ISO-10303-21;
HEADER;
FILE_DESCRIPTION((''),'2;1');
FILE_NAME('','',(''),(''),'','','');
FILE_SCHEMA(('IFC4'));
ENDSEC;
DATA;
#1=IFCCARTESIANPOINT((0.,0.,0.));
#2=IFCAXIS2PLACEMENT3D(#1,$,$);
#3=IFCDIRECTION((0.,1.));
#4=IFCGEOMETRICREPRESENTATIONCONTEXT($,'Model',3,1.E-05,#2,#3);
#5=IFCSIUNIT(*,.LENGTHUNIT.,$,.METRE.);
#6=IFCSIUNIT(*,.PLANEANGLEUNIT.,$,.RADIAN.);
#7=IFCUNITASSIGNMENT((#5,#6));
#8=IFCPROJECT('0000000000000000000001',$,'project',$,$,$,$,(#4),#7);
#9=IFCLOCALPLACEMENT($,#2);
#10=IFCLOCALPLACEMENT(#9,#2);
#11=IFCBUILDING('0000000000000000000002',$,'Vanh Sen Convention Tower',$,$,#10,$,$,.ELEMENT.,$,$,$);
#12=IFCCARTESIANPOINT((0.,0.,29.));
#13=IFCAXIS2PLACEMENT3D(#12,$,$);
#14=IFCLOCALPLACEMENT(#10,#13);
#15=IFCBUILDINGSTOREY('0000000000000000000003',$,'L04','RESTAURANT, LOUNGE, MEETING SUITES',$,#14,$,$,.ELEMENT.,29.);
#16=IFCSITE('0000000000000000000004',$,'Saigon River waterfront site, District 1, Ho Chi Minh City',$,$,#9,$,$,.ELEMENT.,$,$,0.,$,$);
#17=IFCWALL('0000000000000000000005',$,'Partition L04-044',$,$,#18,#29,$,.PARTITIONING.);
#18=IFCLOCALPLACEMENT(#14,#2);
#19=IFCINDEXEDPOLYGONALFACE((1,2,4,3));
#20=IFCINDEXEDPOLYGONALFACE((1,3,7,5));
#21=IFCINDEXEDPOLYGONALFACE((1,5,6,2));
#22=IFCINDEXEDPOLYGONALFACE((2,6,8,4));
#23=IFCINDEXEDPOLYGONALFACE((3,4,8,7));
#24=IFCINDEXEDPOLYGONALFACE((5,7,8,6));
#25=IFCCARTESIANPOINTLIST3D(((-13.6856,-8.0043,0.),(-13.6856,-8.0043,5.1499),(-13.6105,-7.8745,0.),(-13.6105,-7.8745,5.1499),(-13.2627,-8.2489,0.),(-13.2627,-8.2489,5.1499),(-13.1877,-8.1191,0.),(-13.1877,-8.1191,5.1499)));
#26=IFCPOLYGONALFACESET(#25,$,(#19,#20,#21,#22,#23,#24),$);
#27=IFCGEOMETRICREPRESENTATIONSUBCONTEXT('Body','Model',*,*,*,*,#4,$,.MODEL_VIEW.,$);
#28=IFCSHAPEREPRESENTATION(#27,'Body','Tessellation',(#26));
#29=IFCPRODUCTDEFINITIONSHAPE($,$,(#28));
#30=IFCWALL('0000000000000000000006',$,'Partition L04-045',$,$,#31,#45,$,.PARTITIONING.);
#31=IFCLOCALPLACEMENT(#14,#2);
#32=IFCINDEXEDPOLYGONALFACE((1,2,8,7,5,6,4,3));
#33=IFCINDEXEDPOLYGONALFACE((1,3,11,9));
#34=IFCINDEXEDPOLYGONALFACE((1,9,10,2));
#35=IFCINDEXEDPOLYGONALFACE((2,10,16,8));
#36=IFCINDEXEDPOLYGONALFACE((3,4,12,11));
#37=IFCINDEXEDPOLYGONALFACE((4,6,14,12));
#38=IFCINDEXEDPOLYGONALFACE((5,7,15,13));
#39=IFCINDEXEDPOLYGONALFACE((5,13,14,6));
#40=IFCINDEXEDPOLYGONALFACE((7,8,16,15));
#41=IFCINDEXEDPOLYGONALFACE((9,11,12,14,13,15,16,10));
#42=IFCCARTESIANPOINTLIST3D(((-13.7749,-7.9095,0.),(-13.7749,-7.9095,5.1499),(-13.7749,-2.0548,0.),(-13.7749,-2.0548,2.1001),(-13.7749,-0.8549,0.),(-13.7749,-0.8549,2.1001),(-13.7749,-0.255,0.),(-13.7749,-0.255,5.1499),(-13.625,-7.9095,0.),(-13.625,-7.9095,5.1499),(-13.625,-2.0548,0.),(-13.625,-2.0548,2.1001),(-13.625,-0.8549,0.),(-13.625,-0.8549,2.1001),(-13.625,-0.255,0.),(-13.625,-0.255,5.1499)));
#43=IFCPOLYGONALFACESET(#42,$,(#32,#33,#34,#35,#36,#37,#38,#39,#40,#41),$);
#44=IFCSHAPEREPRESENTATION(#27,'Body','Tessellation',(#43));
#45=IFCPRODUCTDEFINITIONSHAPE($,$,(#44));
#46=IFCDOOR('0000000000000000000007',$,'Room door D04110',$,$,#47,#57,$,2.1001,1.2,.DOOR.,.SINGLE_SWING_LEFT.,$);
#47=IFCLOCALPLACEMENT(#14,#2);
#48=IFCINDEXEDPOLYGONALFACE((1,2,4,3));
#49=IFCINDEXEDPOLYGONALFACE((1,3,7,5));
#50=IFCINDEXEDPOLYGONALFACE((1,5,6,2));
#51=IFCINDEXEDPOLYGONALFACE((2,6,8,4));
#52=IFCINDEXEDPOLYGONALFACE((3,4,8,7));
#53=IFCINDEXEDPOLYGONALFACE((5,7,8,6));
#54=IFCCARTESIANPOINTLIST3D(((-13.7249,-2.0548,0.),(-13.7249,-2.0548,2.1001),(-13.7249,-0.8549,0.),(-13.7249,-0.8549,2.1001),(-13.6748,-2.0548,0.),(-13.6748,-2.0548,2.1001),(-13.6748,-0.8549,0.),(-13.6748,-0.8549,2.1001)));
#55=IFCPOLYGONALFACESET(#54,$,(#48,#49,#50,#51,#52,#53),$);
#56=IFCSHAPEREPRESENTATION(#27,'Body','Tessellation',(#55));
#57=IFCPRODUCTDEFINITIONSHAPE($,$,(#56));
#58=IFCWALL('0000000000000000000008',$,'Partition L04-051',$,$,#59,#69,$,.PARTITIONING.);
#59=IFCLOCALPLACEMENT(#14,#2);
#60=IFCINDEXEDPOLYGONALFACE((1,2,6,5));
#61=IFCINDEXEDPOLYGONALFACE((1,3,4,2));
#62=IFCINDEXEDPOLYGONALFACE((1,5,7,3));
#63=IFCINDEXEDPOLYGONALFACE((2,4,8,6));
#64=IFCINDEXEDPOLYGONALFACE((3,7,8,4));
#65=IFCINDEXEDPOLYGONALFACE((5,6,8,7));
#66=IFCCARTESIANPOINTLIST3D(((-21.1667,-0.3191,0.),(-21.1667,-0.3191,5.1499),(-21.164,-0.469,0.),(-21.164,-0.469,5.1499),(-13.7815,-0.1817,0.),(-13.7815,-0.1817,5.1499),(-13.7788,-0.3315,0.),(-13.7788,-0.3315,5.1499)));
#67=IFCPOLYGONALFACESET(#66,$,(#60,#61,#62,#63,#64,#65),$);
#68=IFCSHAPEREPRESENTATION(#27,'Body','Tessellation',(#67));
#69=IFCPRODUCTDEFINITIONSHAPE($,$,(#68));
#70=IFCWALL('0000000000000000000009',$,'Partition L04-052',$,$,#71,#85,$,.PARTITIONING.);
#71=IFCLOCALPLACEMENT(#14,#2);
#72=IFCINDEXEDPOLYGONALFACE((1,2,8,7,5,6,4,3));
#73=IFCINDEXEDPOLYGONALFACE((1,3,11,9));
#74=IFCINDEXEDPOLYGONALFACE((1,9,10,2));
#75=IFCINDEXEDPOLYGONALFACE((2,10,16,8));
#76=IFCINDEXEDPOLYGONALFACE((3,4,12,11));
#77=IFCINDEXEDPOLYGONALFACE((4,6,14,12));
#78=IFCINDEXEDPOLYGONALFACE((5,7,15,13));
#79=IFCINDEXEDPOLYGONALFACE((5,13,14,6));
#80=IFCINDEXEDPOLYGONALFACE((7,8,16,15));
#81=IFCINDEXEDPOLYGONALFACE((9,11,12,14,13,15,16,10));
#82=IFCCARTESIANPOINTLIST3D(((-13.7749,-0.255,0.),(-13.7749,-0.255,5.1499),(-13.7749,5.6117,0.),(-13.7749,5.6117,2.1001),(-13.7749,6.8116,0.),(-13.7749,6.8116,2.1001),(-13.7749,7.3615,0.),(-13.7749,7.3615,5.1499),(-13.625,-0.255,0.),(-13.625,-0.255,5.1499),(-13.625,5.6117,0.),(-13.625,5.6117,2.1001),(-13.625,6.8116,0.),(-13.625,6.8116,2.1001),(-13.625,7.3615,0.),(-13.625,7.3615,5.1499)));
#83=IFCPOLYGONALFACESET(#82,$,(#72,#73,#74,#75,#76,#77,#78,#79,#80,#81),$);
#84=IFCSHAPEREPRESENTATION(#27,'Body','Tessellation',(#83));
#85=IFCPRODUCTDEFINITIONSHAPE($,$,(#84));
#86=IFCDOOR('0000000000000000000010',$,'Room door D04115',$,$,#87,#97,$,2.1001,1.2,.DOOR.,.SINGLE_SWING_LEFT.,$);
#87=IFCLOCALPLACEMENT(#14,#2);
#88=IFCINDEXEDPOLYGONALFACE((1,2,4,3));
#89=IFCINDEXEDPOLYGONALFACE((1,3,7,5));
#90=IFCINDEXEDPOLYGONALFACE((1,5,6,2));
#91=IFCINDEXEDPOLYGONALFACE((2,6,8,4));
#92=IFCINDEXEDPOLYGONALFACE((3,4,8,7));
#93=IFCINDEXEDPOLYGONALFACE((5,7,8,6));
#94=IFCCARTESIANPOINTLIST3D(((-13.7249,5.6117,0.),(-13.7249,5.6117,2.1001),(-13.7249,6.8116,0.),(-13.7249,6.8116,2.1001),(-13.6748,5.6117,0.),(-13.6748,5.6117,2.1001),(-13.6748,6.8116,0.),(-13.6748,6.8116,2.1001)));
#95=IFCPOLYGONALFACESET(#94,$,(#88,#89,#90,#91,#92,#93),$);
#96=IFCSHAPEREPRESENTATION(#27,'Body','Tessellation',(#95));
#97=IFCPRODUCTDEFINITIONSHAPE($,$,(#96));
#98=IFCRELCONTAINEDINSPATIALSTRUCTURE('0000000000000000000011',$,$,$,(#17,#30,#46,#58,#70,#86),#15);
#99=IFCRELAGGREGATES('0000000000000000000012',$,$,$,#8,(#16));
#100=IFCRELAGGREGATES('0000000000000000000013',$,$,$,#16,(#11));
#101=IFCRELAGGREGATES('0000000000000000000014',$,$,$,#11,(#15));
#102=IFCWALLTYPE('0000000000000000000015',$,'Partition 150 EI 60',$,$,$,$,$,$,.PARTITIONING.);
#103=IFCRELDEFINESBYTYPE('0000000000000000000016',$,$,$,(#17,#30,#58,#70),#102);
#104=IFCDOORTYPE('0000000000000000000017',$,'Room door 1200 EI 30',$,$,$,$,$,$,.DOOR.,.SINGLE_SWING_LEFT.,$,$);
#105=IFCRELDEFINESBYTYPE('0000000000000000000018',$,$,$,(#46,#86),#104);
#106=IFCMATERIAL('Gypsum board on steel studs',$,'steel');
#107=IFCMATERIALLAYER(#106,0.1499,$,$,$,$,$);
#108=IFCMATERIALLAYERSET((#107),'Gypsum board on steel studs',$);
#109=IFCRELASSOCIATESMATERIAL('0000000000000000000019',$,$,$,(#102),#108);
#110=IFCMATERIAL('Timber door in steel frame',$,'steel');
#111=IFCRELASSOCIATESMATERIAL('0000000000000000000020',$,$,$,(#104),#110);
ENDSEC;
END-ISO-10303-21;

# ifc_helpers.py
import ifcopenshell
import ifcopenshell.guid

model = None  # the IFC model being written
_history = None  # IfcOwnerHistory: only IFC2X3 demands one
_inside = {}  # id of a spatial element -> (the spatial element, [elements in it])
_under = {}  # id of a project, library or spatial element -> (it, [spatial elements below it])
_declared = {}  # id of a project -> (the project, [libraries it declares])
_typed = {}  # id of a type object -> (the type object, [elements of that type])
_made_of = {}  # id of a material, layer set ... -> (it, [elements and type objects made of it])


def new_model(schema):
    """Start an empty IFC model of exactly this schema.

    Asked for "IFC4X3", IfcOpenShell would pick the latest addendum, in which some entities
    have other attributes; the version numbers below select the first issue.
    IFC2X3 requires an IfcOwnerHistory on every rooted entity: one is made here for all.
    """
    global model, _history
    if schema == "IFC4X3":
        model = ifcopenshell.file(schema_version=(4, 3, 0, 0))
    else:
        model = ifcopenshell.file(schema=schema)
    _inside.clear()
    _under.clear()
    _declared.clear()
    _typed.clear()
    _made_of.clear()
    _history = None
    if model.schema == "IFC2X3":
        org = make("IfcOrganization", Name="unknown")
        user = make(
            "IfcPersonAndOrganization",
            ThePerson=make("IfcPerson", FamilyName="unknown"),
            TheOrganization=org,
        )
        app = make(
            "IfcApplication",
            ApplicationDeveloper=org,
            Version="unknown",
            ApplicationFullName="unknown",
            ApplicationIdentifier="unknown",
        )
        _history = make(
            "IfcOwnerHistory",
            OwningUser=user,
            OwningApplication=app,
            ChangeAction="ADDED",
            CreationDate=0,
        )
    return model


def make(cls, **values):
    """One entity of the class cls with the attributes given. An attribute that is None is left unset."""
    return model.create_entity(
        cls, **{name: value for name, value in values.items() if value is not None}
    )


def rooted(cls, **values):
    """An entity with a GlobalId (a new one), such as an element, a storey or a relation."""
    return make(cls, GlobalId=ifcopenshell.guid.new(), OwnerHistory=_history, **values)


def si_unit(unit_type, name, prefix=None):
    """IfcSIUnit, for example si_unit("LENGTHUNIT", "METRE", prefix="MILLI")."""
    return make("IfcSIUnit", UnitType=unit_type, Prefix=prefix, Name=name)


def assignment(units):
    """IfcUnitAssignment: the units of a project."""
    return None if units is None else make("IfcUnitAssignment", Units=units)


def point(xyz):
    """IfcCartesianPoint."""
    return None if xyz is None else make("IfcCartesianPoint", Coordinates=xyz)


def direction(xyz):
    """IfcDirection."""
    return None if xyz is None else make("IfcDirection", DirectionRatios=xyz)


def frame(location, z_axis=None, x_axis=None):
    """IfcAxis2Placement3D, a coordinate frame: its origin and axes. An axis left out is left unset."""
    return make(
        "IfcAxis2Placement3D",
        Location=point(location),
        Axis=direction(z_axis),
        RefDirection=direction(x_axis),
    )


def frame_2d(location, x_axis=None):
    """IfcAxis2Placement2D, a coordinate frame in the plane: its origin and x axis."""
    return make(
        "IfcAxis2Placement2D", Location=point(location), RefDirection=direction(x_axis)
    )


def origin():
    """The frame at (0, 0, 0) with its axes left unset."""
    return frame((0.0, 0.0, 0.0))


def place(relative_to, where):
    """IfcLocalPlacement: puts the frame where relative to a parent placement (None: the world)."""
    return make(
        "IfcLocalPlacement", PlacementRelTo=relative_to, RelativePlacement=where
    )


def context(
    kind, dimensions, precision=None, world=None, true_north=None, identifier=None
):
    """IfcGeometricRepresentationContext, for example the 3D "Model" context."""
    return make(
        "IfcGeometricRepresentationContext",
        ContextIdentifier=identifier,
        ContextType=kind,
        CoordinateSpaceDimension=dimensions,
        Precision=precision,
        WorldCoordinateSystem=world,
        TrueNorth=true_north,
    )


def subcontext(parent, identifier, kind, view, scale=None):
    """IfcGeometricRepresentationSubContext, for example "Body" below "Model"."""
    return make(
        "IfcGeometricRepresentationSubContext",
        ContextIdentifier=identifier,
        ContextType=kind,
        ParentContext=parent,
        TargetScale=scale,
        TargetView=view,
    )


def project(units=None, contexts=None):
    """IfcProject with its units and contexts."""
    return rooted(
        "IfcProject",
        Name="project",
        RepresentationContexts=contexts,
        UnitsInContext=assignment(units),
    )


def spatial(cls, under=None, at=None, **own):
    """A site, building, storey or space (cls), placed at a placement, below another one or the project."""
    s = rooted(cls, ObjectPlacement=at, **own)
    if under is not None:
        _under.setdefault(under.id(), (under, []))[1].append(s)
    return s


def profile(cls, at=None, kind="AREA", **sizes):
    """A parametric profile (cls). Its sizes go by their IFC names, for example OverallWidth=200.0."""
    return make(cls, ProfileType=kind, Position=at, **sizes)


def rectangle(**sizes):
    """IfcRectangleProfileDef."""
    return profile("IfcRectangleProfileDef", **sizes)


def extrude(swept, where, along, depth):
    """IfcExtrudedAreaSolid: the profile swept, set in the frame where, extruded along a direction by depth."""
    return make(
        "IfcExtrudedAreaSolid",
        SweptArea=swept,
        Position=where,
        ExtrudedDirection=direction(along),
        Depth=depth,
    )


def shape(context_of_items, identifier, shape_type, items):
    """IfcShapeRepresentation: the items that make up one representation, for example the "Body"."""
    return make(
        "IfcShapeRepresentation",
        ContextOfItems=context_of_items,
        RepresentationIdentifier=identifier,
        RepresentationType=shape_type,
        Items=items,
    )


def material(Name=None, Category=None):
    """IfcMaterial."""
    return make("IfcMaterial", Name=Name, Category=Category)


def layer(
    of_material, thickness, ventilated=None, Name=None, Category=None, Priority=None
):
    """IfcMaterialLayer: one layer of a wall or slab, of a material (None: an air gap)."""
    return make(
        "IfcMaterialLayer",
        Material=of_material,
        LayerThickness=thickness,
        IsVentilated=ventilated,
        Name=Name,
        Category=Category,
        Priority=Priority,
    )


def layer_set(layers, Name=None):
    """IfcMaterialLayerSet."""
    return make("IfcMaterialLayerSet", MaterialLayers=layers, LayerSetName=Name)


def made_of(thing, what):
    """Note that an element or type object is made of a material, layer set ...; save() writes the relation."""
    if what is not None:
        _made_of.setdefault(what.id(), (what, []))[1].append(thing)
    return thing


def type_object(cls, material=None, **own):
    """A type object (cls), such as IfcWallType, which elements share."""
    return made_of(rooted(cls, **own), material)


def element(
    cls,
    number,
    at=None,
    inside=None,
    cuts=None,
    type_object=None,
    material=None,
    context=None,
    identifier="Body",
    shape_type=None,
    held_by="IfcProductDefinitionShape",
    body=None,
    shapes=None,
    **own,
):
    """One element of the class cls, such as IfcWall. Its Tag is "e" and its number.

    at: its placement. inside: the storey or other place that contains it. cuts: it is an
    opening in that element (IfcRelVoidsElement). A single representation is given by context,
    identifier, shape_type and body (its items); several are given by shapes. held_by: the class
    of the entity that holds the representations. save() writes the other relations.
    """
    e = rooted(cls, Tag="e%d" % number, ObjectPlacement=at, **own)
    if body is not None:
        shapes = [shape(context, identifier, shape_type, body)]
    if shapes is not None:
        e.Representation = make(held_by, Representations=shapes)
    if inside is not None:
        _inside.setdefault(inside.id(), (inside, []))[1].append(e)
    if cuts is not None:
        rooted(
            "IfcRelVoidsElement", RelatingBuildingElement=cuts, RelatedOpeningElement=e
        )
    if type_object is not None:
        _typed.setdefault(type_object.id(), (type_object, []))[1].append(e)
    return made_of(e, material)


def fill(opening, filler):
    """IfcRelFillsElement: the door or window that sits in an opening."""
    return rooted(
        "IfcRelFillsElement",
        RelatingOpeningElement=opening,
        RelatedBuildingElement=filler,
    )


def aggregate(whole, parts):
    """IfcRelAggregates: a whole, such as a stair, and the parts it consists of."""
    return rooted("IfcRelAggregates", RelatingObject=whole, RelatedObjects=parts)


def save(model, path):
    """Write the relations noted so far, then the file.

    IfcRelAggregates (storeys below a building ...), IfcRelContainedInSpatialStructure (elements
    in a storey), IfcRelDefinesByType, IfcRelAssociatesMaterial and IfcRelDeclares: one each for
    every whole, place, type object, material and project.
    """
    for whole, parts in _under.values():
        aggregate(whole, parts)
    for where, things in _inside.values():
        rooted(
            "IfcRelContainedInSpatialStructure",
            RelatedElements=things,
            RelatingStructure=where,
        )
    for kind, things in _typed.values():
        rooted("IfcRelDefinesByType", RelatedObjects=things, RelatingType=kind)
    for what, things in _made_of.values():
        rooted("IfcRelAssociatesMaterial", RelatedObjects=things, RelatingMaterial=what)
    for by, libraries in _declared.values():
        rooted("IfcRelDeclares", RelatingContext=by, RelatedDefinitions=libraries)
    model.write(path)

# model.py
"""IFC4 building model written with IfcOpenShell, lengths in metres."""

from ifc_helpers import new_model, si_unit, direction, frame, frame_2d, origin, place, context, subcontext, project, spatial, rectangle, extrude, material, layer, layer_set, type_object, element, fill, save


model = new_model("IFC4")

# Units and contexts
model_context = context("Model", 3, precision=1e-05, world=origin(), true_north=direction((0.0, 1.0)))
body_context = subcontext(model_context, "Body", "Model", "MODEL_VIEW")
ifc_project = project(units=[si_unit("LENGTHUNIT", "METRE"), si_unit("PLANEANGLEUNIT", "RADIAN")], contexts=[model_context])

# Site, building, storey
site_placement = place(None, origin())
site = spatial("IfcSite", under=ifc_project, at=site_placement, Name="Saigon River waterfront site, District 1, Ho Chi Minh City", CompositionType="ELEMENT", RefElevation=0.0)
building_placement = place(site_placement, origin())
building = spatial("IfcBuilding", under=site, at=building_placement, Name="Vanh Sen Convention Tower", CompositionType="ELEMENT")
storey_placement = place(building_placement, frame((0.0, 0.0, 29.0)))
storey = spatial("IfcBuildingStorey", under=building, at=storey_placement, Name="L04", Description="RESTAURANT, LOUNGE, MEETING SUITES", CompositionType="ELEMENT", Elevation=29.0)

# Wall
ifc_material_1 = material(Name="Gypsum board on steel studs", Category="steel")
ifc_layer_1 = layer(ifc_material_1, 0.1499)
ifc_layer_set_1 = layer_set([ifc_layer_1], Name="Gypsum board on steel studs")
wall_type_1 = type_object("IfcWallType", Name="Partition 150 EI 60", PredefinedType="PARTITIONING", material=ifc_layer_set_1)
wall_1_placement = place(storey_placement, frame((-13.6479, -7.9395, 0.0), z_axis=(0.0, 0.0, 1.0), x_axis=(0.865586, -0.50076, 0.0)))
element("IfcWall", 1, at=wall_1_placement, inside=storey, type_object=wall_type_1, Name="Partition L04-044", PredefinedType="PARTITIONING", context=body_context, shape_type="SweptSolid", body=[
    extrude(rectangle(XDim=0.4885, YDim=0.1499, at=frame_2d((0.2441, 0.0))), origin(), (0.0, 0.0, 1.0), 5.1499),
])

# Wall, opening, door
wall_2_placement = place(storey_placement, frame((-13.7, -7.9094, 0.0), z_axis=(0.0, 0.0, 1.0), x_axis=(0.0, 1.0, 0.0)))
wall_2 = element("IfcWall", 2, at=wall_2_placement, inside=storey, type_object=wall_type_1, Name="Partition L04-045", PredefinedType="PARTITIONING", context=body_context, shape_type="SweptSolid", body=[
    extrude(rectangle(XDim=7.6545, YDim=0.1499, at=frame_2d((3.8271, 0.0))), origin(), (0.0, 0.0, 1.0), 5.1499),
])
opening_1_placement = place(wall_2_placement, frame((5.8545, 0.0, 0.0)))
opening_1 = element("IfcOpeningElement", 3, at=opening_1_placement, cuts=wall_2, PredefinedType="OPENING", context=body_context, shape_type="SweptSolid", body=[
    extrude(rectangle(XDim=1.2, YDim=2.1001, at=frame_2d((0.6001, 1.05))), frame((0.0, 0.085, 0.0), z_axis=(0.0, -1.0, 0.0), x_axis=(1.0, 0.0, 0.0)), (0.0, 0.0, 1.0), 0.1699),
])
ifc_material_2 = material(Name="Timber door in steel frame", Category="steel")
door_type_1 = type_object("IfcDoorType", Name="Room door 1200 EI 30", OperationType="SINGLE_SWING_LEFT", PredefinedType="DOOR", material=ifc_material_2)
door_1_placement = place(opening_1_placement, origin())
door_1 = element("IfcDoor", 4, at=door_1_placement, inside=storey, type_object=door_type_1, Name="Room door D04110", OperationType="SINGLE_SWING_LEFT", OverallHeight=2.1001, OverallWidth=1.2, PredefinedType="DOOR", context=body_context, shape_type="SweptSolid", body=[
    extrude(rectangle(XDim=1.2, YDim=2.1001, at=frame_2d((0.6001, 1.05))), frame((0.0, 0.0249, 0.0), z_axis=(0.0, -1.0, 0.0), x_axis=(1.0, 0.0, 0.0)), (0.0, 0.0, 1.0), 0.05),
])
fill(opening_1, door_1)

# Wall
wall_3_placement = place(storey_placement, frame((-13.78, -0.2566, 0.0), z_axis=(0.0, 0.0, 1.0), x_axis=(-0.999827, -0.018608, 0.0)))
element("IfcWall", 5, at=wall_3_placement, inside=storey, type_object=wall_type_1, Name="Partition L04-051", PredefinedType="PARTITIONING", context=body_context, shape_type="SweptSolid", body=[
    extrude(rectangle(XDim=7.3865, YDim=0.1499, at=frame_2d((3.6934, 0.0))), origin(), (0.0, 0.0, 1.0), 5.1499),
])

# Wall, opening, door
wall_4_placement = place(storey_placement, frame((-13.7, -0.2549, 0.0), z_axis=(0.0, 0.0, 1.0), x_axis=(0.0, 1.0, 0.0)))
wall_4 = element("IfcWall", 6, at=wall_4_placement, inside=storey, type_object=wall_type_1, Name="Partition L04-052", PredefinedType="PARTITIONING", context=body_context, shape_type="SweptSolid", body=[
    extrude(rectangle(XDim=7.6165, YDim=0.1499, at=frame_2d((3.8081, 0.0))), origin(), (0.0, 0.0, 1.0), 5.1499),
])
opening_2_placement = place(wall_4_placement, frame((5.8665, 0.0, 0.0)))
opening_2 = element("IfcOpeningElement", 7, at=opening_2_placement, cuts=wall_4, PredefinedType="OPENING", context=body_context, shape_type="SweptSolid", body=[
    extrude(rectangle(XDim=1.2, YDim=2.1001, at=frame_2d((0.6001, 1.05))), frame((0.0, 0.085, 0.0), z_axis=(0.0, -1.0, 0.0), x_axis=(1.0, 0.0, 0.0)), (0.0, 0.0, 1.0), 0.1699),
])
door_2_placement = place(opening_2_placement, origin())
door_2 = element("IfcDoor", 8, at=door_2_placement, inside=storey, type_object=door_type_1, Name="Room door D04115", OperationType="SINGLE_SWING_LEFT", OverallHeight=2.1001, OverallWidth=1.2, PredefinedType="DOOR", context=body_context, shape_type="SweptSolid", body=[
    extrude(rectangle(XDim=1.2, YDim=2.1001, at=frame_2d((0.6001, 1.05))), frame((0.0, 0.0249, 0.0), z_axis=(0.0, -1.0, 0.0), x_axis=(1.0, 0.0, 0.0)), (0.0, 0.0, 1.0), 0.05),
])
fill(opening_2, door_2)

save(model, "model.ifc")
